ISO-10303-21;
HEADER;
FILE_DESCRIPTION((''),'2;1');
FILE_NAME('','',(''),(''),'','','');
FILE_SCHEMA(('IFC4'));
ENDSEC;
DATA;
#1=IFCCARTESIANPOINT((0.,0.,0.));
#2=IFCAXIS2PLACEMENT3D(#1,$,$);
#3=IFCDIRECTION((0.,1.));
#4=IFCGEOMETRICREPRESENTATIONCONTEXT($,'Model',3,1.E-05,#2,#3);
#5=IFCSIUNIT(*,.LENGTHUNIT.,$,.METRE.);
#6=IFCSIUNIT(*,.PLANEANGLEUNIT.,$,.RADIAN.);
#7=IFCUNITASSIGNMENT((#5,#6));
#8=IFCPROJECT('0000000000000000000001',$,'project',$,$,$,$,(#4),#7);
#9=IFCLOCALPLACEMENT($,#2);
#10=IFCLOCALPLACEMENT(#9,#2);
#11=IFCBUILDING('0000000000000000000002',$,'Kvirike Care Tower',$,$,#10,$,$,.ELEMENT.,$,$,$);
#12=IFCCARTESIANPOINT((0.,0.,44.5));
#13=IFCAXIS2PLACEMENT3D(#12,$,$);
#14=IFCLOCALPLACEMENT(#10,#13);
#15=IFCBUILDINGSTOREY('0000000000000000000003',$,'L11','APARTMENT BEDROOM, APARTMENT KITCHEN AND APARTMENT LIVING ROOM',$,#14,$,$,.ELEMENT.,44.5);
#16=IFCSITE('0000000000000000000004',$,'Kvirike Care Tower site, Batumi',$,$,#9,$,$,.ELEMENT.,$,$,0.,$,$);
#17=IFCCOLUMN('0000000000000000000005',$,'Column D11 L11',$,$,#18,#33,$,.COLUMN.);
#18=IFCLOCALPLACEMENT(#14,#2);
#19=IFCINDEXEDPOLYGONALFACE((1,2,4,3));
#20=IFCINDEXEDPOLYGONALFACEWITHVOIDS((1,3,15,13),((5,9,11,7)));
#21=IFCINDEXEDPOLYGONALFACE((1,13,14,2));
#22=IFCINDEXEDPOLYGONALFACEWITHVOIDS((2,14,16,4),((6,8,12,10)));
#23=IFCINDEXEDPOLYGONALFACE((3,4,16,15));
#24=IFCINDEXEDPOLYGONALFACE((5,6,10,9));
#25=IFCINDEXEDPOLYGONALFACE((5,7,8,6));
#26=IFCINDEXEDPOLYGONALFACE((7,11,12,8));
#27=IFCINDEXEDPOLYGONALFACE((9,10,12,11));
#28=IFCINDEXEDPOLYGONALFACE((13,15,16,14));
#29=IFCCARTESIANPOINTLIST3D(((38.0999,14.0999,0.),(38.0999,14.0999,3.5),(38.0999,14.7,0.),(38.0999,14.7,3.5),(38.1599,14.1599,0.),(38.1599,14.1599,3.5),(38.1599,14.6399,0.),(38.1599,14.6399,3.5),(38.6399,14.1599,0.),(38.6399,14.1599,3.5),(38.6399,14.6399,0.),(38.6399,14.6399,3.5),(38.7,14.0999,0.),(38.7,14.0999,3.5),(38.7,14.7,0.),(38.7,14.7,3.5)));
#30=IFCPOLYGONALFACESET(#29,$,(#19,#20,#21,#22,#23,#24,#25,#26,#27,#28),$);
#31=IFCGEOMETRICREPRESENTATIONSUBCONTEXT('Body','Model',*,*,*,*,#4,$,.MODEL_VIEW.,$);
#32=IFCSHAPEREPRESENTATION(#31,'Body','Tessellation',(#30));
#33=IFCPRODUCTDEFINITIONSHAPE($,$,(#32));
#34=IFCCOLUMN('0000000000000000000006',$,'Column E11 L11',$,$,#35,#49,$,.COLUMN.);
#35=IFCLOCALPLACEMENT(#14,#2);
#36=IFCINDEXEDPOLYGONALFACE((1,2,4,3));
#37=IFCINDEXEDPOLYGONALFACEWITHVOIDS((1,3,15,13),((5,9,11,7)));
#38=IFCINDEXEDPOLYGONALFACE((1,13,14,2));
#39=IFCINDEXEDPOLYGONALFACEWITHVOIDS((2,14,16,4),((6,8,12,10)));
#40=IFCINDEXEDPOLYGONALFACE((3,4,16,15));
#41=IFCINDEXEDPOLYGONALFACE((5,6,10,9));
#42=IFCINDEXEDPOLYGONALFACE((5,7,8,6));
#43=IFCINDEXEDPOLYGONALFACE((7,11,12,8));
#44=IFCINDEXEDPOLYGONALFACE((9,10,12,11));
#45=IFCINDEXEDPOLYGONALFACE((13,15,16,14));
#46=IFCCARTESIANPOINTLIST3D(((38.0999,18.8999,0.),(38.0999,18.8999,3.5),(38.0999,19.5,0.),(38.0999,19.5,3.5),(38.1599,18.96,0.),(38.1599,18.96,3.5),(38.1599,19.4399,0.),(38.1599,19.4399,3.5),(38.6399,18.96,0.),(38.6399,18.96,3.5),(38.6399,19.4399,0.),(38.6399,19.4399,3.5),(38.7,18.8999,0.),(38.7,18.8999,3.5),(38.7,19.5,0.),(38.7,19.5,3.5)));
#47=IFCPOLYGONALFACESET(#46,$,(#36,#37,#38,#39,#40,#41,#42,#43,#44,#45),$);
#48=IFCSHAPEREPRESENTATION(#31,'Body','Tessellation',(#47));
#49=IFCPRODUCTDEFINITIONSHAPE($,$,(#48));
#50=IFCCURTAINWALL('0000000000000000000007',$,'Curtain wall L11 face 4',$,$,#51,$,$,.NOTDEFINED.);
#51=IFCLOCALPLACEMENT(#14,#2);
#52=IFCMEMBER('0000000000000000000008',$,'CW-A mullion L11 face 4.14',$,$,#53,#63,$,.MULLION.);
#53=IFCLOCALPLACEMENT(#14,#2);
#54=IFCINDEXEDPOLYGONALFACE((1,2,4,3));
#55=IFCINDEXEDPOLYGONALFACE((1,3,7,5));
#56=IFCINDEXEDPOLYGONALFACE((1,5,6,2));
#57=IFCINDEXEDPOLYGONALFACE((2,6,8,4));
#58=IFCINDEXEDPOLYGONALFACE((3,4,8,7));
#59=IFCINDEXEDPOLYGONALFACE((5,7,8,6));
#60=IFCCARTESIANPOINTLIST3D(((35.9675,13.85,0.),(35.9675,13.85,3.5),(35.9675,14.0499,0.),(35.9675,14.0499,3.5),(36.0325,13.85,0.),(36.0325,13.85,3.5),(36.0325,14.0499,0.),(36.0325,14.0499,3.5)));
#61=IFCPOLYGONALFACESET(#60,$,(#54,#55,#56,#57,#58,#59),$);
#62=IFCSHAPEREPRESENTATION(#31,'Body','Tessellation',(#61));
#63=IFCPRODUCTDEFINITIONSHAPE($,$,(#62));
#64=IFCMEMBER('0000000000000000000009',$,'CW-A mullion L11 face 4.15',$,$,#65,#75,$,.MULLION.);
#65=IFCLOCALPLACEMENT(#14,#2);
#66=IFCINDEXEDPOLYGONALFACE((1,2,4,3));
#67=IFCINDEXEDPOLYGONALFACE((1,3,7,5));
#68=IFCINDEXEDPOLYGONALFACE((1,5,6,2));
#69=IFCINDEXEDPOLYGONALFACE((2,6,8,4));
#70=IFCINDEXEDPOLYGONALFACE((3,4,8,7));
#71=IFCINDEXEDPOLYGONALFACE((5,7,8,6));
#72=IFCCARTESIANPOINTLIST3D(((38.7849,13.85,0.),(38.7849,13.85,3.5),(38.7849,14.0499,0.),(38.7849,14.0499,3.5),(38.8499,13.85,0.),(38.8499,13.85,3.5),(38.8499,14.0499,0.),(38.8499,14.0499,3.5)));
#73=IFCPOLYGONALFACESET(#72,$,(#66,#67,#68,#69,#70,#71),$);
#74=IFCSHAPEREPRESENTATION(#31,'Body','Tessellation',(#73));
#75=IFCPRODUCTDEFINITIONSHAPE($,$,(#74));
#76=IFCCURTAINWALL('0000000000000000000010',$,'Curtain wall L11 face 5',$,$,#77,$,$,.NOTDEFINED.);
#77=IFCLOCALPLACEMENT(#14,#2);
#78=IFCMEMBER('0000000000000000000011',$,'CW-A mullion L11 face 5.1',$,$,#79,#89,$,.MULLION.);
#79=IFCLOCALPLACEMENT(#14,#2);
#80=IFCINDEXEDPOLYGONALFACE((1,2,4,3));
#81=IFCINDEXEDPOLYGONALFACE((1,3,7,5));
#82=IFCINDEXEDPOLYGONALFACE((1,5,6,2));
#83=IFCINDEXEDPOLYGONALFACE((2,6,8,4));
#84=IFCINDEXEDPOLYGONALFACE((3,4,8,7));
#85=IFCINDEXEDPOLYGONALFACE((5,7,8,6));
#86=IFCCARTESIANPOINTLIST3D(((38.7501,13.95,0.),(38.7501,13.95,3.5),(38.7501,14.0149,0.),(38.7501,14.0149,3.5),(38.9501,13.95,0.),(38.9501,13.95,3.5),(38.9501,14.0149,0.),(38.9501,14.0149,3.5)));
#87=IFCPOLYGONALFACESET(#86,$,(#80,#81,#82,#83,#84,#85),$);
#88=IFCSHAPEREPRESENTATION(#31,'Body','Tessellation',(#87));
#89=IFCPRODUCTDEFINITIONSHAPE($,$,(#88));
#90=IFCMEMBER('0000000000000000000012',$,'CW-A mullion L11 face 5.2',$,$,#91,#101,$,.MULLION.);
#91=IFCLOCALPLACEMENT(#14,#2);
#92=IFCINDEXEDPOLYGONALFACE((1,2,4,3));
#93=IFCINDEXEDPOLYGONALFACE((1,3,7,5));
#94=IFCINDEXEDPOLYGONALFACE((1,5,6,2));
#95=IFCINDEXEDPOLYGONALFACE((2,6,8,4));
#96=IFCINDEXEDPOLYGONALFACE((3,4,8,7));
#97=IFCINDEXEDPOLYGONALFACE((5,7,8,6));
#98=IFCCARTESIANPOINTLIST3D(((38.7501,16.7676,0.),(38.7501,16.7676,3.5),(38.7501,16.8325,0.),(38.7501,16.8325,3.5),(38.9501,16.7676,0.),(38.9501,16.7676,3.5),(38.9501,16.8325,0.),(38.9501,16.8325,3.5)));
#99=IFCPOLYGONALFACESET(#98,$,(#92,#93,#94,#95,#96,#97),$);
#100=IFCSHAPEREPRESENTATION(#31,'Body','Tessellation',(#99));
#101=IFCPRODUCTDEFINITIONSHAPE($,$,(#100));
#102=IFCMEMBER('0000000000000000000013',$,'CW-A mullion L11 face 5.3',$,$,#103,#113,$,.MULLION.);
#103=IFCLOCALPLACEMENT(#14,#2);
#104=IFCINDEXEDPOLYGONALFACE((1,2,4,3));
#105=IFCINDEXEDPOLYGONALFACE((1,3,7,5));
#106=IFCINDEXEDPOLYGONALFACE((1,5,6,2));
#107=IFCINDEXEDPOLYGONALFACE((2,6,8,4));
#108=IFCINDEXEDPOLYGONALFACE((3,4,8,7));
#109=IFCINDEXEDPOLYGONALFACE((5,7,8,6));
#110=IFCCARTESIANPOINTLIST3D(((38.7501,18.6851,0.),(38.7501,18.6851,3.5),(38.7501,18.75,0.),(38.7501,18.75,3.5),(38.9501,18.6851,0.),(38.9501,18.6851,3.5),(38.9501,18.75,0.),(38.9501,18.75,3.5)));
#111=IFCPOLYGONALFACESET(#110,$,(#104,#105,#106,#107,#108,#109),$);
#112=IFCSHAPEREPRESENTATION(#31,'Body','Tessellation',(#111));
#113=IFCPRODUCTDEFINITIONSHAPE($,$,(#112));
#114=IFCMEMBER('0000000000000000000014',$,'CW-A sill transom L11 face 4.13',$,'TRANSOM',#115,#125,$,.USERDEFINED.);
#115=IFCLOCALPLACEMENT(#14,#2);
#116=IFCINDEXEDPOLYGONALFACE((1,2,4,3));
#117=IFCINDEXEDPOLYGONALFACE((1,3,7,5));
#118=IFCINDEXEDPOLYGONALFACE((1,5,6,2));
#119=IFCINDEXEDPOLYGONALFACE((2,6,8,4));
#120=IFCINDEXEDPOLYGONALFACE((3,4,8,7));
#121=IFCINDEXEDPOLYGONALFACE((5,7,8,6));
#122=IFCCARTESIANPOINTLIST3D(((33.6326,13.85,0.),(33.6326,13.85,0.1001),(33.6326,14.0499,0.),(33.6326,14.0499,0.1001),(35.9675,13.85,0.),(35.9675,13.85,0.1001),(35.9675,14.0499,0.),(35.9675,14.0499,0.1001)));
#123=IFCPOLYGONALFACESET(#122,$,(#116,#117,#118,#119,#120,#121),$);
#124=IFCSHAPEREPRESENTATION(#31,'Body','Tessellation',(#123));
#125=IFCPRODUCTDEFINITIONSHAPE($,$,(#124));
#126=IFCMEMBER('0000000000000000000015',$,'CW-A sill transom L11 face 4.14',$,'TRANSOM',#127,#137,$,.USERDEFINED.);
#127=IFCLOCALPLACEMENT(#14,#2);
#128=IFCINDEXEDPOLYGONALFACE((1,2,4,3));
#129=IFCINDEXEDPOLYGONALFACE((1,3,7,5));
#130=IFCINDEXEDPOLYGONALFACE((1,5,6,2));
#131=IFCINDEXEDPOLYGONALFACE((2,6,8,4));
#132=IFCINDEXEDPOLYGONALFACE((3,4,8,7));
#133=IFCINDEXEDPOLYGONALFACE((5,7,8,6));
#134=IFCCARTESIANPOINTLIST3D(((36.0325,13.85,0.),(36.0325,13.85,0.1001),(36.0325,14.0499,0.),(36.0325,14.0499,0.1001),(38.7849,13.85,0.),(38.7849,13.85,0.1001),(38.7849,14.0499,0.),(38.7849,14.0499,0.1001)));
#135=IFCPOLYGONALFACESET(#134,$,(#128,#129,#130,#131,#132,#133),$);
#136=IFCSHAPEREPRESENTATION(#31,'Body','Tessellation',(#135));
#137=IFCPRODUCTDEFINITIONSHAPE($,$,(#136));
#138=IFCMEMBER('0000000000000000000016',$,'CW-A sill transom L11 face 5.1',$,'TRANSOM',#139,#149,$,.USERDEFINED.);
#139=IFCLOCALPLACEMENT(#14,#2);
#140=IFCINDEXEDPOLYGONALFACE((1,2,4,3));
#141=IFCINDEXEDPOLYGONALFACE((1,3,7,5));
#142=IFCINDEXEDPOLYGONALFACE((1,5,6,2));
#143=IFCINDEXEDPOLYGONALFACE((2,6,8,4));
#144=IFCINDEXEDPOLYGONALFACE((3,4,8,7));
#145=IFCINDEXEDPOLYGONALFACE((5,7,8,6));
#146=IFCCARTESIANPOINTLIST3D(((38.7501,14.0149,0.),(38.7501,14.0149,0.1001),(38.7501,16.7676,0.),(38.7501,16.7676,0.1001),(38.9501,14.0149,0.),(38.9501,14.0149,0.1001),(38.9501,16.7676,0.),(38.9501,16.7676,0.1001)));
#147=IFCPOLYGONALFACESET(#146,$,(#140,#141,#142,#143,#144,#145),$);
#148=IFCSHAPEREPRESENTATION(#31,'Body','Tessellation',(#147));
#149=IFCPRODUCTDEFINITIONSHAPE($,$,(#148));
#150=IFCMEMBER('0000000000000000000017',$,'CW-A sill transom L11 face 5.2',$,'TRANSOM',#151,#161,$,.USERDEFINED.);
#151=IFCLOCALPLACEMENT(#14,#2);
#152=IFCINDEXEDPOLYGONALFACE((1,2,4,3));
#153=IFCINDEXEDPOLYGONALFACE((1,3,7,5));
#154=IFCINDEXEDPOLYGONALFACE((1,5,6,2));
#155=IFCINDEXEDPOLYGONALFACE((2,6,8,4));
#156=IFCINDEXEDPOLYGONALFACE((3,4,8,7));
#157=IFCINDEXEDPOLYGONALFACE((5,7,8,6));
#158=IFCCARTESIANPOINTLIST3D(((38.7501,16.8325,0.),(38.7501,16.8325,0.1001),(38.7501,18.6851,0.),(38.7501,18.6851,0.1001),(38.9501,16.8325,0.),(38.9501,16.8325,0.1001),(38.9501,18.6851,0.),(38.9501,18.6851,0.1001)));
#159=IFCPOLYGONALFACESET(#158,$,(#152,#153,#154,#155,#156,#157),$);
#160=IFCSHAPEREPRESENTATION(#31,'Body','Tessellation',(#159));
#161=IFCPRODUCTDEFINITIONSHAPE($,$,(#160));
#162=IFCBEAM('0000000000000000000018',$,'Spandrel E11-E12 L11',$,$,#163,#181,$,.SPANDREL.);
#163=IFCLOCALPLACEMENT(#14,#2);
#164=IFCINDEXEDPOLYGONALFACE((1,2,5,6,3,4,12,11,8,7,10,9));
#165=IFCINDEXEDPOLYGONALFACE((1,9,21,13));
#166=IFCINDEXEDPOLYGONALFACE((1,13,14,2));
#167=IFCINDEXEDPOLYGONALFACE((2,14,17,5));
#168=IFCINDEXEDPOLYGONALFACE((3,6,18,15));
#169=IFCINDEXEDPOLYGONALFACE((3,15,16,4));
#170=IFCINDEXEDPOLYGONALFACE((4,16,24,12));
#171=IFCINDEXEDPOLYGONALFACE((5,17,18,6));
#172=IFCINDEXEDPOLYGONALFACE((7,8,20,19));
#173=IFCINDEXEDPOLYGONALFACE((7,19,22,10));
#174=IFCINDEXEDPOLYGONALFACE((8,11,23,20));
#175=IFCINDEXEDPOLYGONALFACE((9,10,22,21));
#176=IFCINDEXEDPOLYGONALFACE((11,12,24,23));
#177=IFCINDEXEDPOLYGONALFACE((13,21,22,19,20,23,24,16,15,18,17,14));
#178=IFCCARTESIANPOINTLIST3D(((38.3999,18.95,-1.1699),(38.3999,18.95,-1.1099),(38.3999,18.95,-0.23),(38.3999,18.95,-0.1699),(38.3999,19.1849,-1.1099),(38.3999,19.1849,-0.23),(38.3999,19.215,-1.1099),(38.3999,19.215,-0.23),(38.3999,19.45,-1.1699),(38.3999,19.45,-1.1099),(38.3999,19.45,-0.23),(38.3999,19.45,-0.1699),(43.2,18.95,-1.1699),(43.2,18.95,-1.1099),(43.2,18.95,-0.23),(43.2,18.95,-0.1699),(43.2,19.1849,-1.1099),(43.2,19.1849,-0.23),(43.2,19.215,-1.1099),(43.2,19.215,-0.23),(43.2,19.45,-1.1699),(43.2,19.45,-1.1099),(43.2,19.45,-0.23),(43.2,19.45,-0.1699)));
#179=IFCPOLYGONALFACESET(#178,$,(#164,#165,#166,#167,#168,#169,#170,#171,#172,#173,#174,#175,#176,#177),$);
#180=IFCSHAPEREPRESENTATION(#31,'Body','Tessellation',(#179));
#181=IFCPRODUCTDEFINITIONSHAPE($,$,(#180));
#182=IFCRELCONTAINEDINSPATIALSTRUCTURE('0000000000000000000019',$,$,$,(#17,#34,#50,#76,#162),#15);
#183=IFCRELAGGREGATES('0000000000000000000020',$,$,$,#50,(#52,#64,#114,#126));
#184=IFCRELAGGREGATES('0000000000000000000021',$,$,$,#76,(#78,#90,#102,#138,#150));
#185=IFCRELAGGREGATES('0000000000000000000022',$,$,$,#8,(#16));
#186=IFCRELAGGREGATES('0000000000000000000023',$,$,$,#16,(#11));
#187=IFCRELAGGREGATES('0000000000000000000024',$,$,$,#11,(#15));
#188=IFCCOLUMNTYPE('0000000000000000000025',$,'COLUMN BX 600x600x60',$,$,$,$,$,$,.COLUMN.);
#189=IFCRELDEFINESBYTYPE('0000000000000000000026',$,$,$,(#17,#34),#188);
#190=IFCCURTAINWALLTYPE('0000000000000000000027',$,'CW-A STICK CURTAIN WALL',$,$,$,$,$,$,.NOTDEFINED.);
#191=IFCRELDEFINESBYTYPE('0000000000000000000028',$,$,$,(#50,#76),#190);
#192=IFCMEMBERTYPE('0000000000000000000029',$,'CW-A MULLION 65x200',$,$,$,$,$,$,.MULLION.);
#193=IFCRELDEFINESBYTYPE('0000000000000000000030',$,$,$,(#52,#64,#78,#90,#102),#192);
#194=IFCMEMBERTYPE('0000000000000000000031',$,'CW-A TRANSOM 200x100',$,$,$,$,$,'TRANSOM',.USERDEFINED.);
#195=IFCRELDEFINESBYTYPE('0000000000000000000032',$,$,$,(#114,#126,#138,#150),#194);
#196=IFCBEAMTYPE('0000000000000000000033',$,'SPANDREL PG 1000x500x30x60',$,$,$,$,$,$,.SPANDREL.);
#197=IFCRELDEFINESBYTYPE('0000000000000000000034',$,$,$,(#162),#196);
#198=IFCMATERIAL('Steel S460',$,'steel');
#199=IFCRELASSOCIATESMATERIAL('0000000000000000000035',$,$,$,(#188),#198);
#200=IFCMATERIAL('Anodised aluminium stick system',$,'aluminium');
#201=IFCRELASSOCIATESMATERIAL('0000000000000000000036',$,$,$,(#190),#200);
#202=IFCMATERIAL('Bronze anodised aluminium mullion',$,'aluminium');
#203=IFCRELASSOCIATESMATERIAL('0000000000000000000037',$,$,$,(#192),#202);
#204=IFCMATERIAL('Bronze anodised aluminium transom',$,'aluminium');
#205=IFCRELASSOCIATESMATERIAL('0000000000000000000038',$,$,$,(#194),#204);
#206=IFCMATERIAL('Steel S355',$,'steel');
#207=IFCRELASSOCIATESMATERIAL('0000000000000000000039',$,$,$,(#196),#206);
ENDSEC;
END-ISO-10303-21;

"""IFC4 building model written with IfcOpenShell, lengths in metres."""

from ifc_helpers import new_model, si_unit, direction, frame, origin, origin_2d, place, context, subcontext, project, spatial, rectangle, hollow_rectangle, i_section, extrude, material, material_profile, profile_set, type_object, element, aggregate, save


model = new_model("IFC4")

# Units and contexts
model_context = context("Model", 3, precision=1e-05, world=origin(), true_north=direction((0.0, 1.0)))
body_context = subcontext(model_context, "Body", "Model", "MODEL_VIEW")
ifc_project = project(units=[si_unit("LENGTHUNIT", "METRE"), si_unit("PLANEANGLEUNIT", "RADIAN")], contexts=[model_context])

# Site, building, storey
site_placement = place(None, origin())
site = spatial("IfcSite", under=ifc_project, at=site_placement, Name="Kvirike Care Tower site, Batumi", CompositionType="ELEMENT", RefElevation=0.0)
building_placement = place(site_placement, origin())
building = spatial("IfcBuilding", under=site, at=building_placement, Name="Kvirike Care Tower", CompositionType="ELEMENT")
storey_placement = place(building_placement, frame((0.0, 0.0, 44.5)))
storey = spatial("IfcBuildingStorey", under=building, at=storey_placement, Name="L11", Description="APARTMENT BEDROOM, APARTMENT KITCHEN AND APARTMENT LIVING ROOM", CompositionType="ELEMENT", Elevation=44.5)

# Columns
ifc_material_1 = material(Name="Steel S460", Category="steel")
ifc_material_profile_1 = material_profile(ifc_material_1, hollow_rectangle(XDim=0.6001, YDim=0.6001, WallThickness=0.0601, at=origin_2d()), Name="BX 600x600x60")
ifc_profile_set_1 = profile_set([ifc_material_profile_1], Name="Steel S460")
column_type = type_object("IfcColumnType", Name="COLUMN BX 600x600x60", PredefinedType="COLUMN", material=ifc_profile_set_1)
for number, where, z_axis, x_axis, name in (
    (1, (38.3999, 14.3999, 0.0), (0.0, 0.0, 1.0), (0.0, 1.0, 0.0), "Column D11 L11"),
    (2, (38.3999, 19.2, 0.0), (0.0, 0.0, 1.0), (0.0, 1.0, 0.0), "Column E11 L11"),
):
    element("IfcColumn", number, at=place(storey_placement, frame(where, z_axis=z_axis, x_axis=x_axis)), inside=storey, type_object=column_type, Name=name, PredefinedType="COLUMN", context=body_context, shape_type="SweptSolid", body=[
        extrude(hollow_rectangle(XDim=0.6001, YDim=0.6001, WallThickness=0.0601, at=origin_2d()), origin(), (0.0, 0.0, 1.0), 3.5),
    ])

# Curtain walls, members
ifc_material_2 = material(Name="Anodised aluminium stick system", Category="aluminium")
curtain_wall_type = type_object("IfcCurtainWallType", Name="CW-A STICK CURTAIN WALL", PredefinedType="NOTDEFINED", material=ifc_material_2)
curtain_wall_1_placement = place(storey_placement, origin())
curtain_wall_1 = element("IfcCurtainWall", 3, at=curtain_wall_1_placement, inside=storey, type_object=curtain_wall_type, Name="Curtain wall L11 face 4", PredefinedType="NOTDEFINED")
ifc_material_3 = material(Name="Bronze anodised aluminium mullion", Category="aluminium")
ifc_material_profile_2 = material_profile(ifc_material_3, rectangle(XDim=0.0649, YDim=0.2, at=origin_2d()), Name="CW-A MULLION 65x200")
ifc_profile_set_2 = profile_set([ifc_material_profile_2], Name="Bronze anodised aluminium mullion")
member_type_1 = type_object("IfcMemberType", Name="CW-A MULLION 65x200", PredefinedType="MULLION", material=ifc_profile_set_2)
member_1_placement = place(storey_placement, frame((36.0, 13.95, 0.0), z_axis=(0.0, 0.0, 1.0), x_axis=(1.0, 0.0, 0.0)))
member_1 = element("IfcMember", 4, at=member_1_placement, type_object=member_type_1, Name="CW-A mullion L11 face 4.14", PredefinedType="MULLION", context=body_context, shape_type="SweptSolid", body=[
    extrude(rectangle(XDim=0.0649, YDim=0.2, at=origin_2d()), origin(), (0.0, 0.0, 1.0), 3.5),
])
member_2_placement = place(storey_placement, frame((38.8174, 13.95, 0.0), z_axis=(0.0, 0.0, 1.0), x_axis=(1.0, 0.0, 0.0)))
member_2 = element("IfcMember", 5, at=member_2_placement, type_object=member_type_1, Name="CW-A mullion L11 face 4.15", PredefinedType="MULLION", context=body_context, shape_type="SweptSolid", body=[
    extrude(rectangle(XDim=0.0649, YDim=0.2, at=origin_2d()), origin(), (0.0, 0.0, 1.0), 3.5),
])
curtain_wall_2_placement = place(storey_placement, origin())
curtain_wall_2 = element("IfcCurtainWall", 6, at=curtain_wall_2_placement, inside=storey, type_object=curtain_wall_type, Name="Curtain wall L11 face 5", PredefinedType="NOTDEFINED")
member_3_placement = place(storey_placement, frame((38.8501, 13.9824, 0.0), z_axis=(0.0, 0.0, 1.0), x_axis=(0.0, 1.0, 0.0)))
member_3 = element("IfcMember", 7, at=member_3_placement, type_object=member_type_1, Name="CW-A mullion L11 face 5.1", PredefinedType="MULLION", context=body_context, shape_type="SweptSolid", body=[
    extrude(rectangle(XDim=0.0649, YDim=0.2, at=origin_2d()), origin(), (0.0, 0.0, 1.0), 3.5),
])
member_4_placement = place(storey_placement, frame((38.8501, 16.8, 0.0), z_axis=(0.0, 0.0, 1.0), x_axis=(0.0, 1.0, 0.0)))
member_4 = element("IfcMember", 8, at=member_4_placement, type_object=member_type_1, Name="CW-A mullion L11 face 5.2", PredefinedType="MULLION", context=body_context, shape_type="SweptSolid", body=[
    extrude(rectangle(XDim=0.0649, YDim=0.2, at=origin_2d()), origin(), (0.0, 0.0, 1.0), 3.5),
])
member_5_placement = place(storey_placement, frame((38.8501, 18.7175, 0.0), z_axis=(0.0, 0.0, 1.0), x_axis=(0.0, 1.0, 0.0)))
member_5 = element("IfcMember", 9, at=member_5_placement, type_object=member_type_1, Name="CW-A mullion L11 face 5.3", PredefinedType="MULLION", context=body_context, shape_type="SweptSolid", body=[
    extrude(rectangle(XDim=0.0649, YDim=0.2, at=origin_2d()), origin(), (0.0, 0.0, 1.0), 3.5),
])

# Members
ifc_material_4 = material(Name="Bronze anodised aluminium transom", Category="aluminium")
ifc_material_profile_3 = material_profile(ifc_material_4, rectangle(XDim=0.2, YDim=0.1001, at=origin_2d()), Name="CW-A TRANSOM 200x100")
ifc_profile_set_3 = profile_set([ifc_material_profile_3], Name="Bronze anodised aluminium transom")
member_type_2 = type_object("IfcMemberType", Name="CW-A TRANSOM 200x100", ElementType="TRANSOM", PredefinedType="USERDEFINED", material=ifc_profile_set_3)
member_6_placement = place(storey_placement, frame((33.6326, 13.95, 0.05), z_axis=(1.0, 0.0, 0.0), x_axis=(0.0, 1.0, 0.0)))
member_6 = element("IfcMember", 10, at=member_6_placement, type_object=member_type_2, Name="CW-A sill transom L11 face 4.13", ObjectType="TRANSOM", PredefinedType="USERDEFINED", context=body_context, shape_type="SweptSolid", body=[
    extrude(rectangle(XDim=0.2, YDim=0.1001, at=origin_2d()), origin(), (0.0, 0.0, 1.0), 2.335),
])
member_7_placement = place(storey_placement, frame((36.0325, 13.95, 0.05), z_axis=(1.0, 0.0, 0.0), x_axis=(0.0, 1.0, 0.0)))
member_7 = element("IfcMember", 11, at=member_7_placement, type_object=member_type_2, Name="CW-A sill transom L11 face 4.14", ObjectType="TRANSOM", PredefinedType="USERDEFINED", context=body_context, shape_type="SweptSolid", body=[
    extrude(rectangle(XDim=0.2, YDim=0.1001, at=origin_2d()), origin(), (0.0, 0.0, 1.0), 2.7524),
])
member_8_placement = place(storey_placement, frame((38.8501, 14.0149, 0.05), z_axis=(0.0, 1.0, 0.0), x_axis=(-1.0, 0.0, 0.0)))
member_8 = element("IfcMember", 12, at=member_8_placement, type_object=member_type_2, Name="CW-A sill transom L11 face 5.1", ObjectType="TRANSOM", PredefinedType="USERDEFINED", context=body_context, shape_type="SweptSolid", body=[
    extrude(rectangle(XDim=0.2, YDim=0.1001, at=origin_2d()), origin(), (0.0, 0.0, 1.0), 2.7527),
])
member_9_placement = place(storey_placement, frame((38.8501, 16.8325, 0.05), z_axis=(0.0, 1.0, 0.0), x_axis=(-1.0, 0.0, 0.0)))
member_9 = element("IfcMember", 13, at=member_9_placement, type_object=member_type_2, Name="CW-A sill transom L11 face 5.2", ObjectType="TRANSOM", PredefinedType="USERDEFINED", context=body_context, shape_type="SweptSolid", body=[
    extrude(rectangle(XDim=0.2, YDim=0.1001, at=origin_2d()), origin(), (0.0, 0.0, 1.0), 1.8525),
])

# Beam
ifc_material_5 = material(Name="Steel S355", Category="steel")
ifc_material_profile_4 = material_profile(ifc_material_5, i_section(OverallWidth=0.5, OverallDepth=1.0, WebThickness=0.03, FlangeThickness=0.0601, at=origin_2d()), Name="PG 1000x500x30x60")
ifc_profile_set_4 = profile_set([ifc_material_profile_4], Name="Steel S355")
beam_type = type_object("IfcBeamType", Name="SPANDREL PG 1000x500x30x60", PredefinedType="SPANDREL", material=ifc_profile_set_4)
for number, where, z_axis, x_axis, name in (
    (14, (38.3999, 19.2, -0.6699), (1.0, 0.0, 0.0), (0.0, 1.0, 0.0), "Spandrel E11-E12 L11"),
):
    element("IfcBeam", number, at=place(storey_placement, frame(where, z_axis=z_axis, x_axis=x_axis)), inside=storey, type_object=beam_type, Name=name, PredefinedType="SPANDREL", context=body_context, shape_type="SweptSolid", body=[
        extrude(i_section(OverallWidth=0.5, OverallDepth=1.0, WebThickness=0.03, FlangeThickness=0.0601, at=origin_2d()), origin(), (0.0, 0.0, 1.0), 4.8),
    ])

aggregate(curtain_wall_1, [member_1, member_2, member_6, member_7])
aggregate(curtain_wall_2, [member_3, member_4, member_5, member_8, member_9])

save(model, "model.ifc")
